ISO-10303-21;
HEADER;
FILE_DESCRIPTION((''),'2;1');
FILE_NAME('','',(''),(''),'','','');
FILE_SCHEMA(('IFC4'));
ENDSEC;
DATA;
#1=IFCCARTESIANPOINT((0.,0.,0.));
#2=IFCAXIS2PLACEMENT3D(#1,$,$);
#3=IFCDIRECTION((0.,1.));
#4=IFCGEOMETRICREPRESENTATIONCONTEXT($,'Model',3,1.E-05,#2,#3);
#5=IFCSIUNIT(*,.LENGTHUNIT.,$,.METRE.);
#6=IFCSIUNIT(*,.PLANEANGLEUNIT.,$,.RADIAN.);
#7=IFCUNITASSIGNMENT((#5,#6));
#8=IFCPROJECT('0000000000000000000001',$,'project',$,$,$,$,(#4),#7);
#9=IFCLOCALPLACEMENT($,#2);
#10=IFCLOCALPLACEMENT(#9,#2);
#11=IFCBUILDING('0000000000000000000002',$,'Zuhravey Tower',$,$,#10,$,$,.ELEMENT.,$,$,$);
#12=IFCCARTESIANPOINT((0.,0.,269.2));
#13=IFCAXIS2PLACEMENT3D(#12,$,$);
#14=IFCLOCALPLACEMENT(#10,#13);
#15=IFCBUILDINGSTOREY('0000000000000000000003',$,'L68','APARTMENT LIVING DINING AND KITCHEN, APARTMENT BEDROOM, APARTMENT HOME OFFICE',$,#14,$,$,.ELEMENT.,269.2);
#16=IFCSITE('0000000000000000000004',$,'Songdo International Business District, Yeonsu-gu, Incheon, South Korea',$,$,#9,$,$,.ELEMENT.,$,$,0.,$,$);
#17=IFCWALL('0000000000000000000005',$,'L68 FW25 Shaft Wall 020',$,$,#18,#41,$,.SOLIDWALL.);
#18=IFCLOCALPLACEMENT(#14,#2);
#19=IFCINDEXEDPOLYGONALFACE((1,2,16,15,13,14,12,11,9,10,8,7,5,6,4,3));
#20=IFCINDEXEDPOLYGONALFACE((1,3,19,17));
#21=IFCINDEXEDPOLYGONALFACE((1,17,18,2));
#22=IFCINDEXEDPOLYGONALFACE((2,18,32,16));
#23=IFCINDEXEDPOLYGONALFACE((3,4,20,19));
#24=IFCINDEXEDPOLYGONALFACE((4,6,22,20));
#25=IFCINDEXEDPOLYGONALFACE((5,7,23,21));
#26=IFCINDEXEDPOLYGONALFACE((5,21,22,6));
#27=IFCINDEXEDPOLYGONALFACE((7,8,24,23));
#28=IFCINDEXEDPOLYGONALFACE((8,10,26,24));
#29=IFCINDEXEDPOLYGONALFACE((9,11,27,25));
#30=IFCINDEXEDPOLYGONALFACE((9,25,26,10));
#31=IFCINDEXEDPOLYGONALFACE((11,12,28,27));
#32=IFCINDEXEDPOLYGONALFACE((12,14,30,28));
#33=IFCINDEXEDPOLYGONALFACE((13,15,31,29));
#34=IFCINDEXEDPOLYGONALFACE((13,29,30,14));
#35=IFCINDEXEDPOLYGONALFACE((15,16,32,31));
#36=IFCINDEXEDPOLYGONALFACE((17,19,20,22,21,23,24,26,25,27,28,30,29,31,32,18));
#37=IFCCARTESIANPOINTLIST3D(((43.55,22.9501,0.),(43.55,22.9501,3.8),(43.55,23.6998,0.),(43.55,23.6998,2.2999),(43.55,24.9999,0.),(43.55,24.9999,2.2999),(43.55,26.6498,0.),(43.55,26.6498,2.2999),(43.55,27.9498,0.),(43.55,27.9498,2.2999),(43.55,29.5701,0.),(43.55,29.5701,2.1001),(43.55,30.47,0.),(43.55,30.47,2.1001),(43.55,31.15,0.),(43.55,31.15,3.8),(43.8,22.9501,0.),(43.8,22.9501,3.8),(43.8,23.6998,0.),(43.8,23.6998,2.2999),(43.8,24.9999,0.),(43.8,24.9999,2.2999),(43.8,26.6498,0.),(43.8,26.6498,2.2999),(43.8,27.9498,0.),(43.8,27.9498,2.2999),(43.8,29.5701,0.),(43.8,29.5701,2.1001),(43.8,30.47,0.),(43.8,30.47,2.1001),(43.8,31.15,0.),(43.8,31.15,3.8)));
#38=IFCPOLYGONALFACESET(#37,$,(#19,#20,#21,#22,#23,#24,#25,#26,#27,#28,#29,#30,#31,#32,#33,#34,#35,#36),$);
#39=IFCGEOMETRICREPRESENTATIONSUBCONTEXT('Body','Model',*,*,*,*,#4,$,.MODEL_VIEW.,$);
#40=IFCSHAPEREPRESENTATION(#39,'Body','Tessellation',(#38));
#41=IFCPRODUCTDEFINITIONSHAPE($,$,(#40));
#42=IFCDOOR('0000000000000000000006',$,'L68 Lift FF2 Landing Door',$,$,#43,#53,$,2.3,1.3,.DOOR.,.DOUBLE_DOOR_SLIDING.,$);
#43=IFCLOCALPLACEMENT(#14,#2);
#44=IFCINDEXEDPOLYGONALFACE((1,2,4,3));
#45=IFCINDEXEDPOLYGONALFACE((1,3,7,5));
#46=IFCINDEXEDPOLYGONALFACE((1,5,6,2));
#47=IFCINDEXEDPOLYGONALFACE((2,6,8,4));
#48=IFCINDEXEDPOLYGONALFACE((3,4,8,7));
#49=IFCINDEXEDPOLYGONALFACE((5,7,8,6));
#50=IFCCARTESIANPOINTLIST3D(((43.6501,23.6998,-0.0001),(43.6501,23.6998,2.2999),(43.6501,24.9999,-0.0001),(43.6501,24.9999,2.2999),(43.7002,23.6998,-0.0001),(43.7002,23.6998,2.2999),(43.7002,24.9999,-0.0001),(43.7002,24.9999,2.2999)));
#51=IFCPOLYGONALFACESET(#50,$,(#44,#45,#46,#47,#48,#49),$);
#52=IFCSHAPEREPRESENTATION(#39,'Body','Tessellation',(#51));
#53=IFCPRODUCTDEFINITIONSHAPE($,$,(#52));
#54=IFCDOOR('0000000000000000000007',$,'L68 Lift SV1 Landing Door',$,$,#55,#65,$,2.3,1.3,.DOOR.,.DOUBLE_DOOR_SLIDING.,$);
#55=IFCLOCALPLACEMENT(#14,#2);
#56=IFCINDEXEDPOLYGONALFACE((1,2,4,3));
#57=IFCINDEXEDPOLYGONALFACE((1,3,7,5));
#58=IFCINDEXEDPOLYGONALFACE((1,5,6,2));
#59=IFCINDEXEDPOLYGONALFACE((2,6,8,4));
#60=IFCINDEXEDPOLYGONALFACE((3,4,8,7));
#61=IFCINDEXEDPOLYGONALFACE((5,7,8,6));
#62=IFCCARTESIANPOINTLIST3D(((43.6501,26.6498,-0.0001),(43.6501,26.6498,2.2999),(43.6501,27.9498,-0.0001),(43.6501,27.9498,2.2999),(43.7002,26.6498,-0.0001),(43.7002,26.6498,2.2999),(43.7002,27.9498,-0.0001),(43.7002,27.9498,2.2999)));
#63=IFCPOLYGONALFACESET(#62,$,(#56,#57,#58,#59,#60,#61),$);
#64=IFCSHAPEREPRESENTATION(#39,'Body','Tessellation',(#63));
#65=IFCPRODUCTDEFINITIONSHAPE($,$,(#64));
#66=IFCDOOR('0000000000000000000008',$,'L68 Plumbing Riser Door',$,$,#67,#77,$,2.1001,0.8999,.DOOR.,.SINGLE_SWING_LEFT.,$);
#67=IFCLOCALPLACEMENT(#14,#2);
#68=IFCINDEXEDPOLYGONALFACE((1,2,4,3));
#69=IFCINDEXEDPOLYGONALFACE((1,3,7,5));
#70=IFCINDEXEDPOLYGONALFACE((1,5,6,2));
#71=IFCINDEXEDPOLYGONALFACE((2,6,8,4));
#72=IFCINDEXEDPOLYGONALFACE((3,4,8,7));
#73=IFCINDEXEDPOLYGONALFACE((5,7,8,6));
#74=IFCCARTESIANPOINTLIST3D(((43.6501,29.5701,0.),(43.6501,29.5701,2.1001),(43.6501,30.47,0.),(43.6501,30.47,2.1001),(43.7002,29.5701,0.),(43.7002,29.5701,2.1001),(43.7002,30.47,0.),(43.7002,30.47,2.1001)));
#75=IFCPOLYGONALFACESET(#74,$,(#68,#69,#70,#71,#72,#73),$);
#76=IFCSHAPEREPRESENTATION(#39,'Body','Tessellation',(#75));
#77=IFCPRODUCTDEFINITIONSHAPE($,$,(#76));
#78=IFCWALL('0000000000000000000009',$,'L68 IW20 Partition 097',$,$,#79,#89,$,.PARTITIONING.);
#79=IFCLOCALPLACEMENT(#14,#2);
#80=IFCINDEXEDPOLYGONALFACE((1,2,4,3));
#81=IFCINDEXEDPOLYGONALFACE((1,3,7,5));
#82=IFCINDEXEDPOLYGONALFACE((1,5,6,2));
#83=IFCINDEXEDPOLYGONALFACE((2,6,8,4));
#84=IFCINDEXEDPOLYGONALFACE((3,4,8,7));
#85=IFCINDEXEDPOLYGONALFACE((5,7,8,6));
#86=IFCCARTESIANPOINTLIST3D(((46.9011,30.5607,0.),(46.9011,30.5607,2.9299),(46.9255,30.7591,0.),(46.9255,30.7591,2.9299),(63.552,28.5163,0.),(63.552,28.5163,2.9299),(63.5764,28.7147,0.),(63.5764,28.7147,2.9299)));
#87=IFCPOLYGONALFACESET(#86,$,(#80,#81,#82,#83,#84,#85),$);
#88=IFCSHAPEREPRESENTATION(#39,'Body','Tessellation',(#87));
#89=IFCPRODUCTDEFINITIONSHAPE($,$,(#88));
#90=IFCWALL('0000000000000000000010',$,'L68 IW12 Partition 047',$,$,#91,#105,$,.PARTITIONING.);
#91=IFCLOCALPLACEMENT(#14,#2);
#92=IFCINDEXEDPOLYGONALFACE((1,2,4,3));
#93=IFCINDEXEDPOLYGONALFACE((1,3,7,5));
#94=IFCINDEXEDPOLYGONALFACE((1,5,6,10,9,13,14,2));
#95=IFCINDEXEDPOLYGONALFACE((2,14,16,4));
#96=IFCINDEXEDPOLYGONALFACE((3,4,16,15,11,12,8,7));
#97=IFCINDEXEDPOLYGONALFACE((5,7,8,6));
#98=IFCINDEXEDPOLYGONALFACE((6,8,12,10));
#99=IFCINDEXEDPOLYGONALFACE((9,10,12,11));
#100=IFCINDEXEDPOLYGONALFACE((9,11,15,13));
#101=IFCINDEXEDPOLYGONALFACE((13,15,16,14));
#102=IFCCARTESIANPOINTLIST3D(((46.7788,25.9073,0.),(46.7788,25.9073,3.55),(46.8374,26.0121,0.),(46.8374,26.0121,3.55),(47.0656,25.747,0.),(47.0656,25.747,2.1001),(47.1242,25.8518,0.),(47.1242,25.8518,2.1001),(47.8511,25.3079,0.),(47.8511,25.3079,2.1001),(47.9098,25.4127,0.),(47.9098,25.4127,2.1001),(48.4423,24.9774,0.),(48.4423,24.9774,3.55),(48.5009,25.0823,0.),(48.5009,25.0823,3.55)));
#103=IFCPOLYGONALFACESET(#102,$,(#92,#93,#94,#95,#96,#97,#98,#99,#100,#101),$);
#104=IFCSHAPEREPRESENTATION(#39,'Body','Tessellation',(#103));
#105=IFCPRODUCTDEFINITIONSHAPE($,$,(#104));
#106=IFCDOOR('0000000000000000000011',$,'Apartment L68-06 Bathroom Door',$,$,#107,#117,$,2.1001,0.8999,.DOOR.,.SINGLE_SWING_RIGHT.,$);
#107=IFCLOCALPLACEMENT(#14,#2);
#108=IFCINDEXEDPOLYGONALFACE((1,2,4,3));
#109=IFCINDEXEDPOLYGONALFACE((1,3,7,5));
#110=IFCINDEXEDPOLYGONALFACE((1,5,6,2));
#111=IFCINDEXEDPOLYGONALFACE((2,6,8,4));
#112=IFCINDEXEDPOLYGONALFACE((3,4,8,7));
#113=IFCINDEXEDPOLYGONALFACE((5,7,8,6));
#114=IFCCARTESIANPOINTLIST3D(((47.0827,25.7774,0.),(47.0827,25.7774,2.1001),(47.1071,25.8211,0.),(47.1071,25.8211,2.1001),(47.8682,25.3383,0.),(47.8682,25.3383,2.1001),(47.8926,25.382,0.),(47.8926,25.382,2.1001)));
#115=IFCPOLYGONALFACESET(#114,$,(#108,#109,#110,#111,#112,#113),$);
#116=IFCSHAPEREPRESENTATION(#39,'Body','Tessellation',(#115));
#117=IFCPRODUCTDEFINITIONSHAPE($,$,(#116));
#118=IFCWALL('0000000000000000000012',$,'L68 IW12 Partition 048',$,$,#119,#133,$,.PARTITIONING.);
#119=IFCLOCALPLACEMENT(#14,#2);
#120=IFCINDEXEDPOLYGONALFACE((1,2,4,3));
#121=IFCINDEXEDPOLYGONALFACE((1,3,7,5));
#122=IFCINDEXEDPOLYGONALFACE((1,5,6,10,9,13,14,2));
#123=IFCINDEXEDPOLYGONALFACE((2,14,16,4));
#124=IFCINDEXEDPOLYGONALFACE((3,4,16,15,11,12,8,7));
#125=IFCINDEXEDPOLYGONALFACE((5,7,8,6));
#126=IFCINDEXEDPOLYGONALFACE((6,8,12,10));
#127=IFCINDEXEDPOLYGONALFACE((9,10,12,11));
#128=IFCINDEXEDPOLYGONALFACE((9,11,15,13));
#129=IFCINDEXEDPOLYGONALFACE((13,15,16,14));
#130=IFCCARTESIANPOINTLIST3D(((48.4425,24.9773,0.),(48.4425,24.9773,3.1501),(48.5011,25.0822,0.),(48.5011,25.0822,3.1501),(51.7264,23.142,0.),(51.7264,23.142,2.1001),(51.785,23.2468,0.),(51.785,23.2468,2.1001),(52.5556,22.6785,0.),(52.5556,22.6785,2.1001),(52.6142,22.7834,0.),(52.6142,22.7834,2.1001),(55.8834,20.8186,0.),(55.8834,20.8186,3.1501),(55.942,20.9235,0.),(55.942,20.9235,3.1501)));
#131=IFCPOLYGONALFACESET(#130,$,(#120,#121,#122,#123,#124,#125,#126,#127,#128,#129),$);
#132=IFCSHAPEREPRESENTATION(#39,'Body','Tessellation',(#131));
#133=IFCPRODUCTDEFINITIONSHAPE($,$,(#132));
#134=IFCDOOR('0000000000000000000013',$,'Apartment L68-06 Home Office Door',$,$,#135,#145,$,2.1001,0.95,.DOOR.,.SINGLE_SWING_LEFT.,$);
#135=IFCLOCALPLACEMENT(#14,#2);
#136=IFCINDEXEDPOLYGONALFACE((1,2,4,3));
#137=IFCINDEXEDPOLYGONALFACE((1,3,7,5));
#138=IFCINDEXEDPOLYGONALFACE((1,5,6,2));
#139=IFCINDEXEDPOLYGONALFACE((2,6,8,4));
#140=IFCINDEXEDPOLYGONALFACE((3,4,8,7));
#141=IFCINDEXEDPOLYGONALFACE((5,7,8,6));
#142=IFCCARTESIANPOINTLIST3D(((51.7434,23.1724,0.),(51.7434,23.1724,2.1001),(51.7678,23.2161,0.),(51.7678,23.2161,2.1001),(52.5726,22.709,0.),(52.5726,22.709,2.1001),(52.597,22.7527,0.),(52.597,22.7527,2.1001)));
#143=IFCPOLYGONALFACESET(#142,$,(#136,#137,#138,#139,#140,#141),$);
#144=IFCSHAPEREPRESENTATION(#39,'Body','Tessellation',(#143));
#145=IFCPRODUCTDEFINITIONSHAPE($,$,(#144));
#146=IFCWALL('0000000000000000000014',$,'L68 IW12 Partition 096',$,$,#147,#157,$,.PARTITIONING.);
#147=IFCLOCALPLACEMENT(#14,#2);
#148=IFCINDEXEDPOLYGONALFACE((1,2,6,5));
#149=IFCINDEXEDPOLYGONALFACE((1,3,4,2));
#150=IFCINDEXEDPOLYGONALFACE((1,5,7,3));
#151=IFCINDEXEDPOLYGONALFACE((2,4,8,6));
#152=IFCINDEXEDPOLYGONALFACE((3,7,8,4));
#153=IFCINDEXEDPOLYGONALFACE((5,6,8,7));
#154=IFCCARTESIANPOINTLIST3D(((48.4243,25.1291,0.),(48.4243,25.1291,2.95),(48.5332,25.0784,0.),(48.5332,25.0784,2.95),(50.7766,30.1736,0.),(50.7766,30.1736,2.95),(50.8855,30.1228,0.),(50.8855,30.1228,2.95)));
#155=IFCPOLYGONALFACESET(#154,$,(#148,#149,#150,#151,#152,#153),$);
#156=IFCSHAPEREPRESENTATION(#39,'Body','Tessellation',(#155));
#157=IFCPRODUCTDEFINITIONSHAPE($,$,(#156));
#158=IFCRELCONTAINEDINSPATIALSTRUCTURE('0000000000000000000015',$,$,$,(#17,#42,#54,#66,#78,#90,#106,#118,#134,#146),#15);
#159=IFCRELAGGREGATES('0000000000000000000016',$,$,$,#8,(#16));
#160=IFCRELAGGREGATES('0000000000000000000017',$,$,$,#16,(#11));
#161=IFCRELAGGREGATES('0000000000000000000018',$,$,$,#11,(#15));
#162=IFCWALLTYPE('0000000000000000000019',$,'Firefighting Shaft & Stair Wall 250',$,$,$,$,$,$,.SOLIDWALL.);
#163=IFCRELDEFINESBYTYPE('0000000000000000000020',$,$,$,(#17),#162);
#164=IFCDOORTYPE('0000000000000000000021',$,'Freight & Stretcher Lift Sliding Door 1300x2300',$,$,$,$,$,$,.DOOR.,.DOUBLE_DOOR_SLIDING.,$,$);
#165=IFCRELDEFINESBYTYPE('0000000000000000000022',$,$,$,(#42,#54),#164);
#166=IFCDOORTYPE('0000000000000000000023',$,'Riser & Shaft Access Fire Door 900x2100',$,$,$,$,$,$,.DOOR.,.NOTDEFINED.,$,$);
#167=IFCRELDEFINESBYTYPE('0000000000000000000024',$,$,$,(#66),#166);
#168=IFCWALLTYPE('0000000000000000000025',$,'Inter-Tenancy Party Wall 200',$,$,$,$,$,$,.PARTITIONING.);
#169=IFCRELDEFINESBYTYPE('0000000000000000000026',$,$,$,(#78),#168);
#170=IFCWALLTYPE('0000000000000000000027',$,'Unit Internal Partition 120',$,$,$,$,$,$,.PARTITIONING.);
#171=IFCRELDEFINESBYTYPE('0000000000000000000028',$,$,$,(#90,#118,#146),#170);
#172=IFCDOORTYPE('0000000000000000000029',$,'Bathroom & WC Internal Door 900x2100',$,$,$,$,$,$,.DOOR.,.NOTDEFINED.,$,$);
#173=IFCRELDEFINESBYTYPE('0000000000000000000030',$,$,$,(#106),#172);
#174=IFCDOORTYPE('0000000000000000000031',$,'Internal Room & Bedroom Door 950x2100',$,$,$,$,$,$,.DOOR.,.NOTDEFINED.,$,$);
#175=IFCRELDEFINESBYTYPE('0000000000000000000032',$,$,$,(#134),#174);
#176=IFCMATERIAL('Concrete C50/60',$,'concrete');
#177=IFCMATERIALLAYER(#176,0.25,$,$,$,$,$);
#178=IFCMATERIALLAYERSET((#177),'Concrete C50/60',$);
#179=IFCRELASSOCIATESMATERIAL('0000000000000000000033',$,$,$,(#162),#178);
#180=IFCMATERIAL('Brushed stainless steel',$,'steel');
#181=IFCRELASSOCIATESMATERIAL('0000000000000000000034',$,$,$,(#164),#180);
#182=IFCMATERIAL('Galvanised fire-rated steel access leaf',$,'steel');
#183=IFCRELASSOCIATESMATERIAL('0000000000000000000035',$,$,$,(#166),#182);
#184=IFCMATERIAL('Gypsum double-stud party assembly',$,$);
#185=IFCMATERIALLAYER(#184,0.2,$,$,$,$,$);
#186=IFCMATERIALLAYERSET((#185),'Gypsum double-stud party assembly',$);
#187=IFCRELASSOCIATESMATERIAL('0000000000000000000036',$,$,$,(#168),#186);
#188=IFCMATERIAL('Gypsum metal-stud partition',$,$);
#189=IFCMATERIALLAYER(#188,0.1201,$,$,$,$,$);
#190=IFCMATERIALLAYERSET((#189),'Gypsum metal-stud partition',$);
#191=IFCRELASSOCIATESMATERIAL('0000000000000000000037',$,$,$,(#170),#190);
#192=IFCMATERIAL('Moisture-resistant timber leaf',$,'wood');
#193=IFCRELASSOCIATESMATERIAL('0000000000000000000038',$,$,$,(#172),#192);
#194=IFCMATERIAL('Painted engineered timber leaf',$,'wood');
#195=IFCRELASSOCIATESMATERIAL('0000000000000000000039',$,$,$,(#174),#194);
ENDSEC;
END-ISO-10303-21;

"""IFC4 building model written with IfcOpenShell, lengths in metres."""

from ifc_helpers import new_model, si_unit, direction, frame, frame_2d, origin, place, context, subcontext, project, spatial, rectangle, extrude, material, layer, layer_set, type_object, element, fill, save


model = new_model("IFC4")

# Units and contexts
model_context = context("Model", 3, precision=1e-05, world=origin(), true_north=direction((0.0, 1.0)))
body_context = subcontext(model_context, "Body", "Model", "MODEL_VIEW")
ifc_project = project(units=[si_unit("LENGTHUNIT", "METRE"), si_unit("PLANEANGLEUNIT", "RADIAN")], contexts=[model_context])

# Site, building, storey
site_placement = place(None, origin())
site = spatial("IfcSite", under=ifc_project, at=site_placement, Name="Songdo International Business District, Yeonsu-gu, Incheon, South Korea", CompositionType="ELEMENT", RefElevation=0.0)
building_placement = place(site_placement, origin())
building = spatial("IfcBuilding", under=site, at=building_placement, Name="Zuhravey Tower", CompositionType="ELEMENT")
storey_placement = place(building_placement, frame((0.0, 0.0, 269.2)))
storey = spatial("IfcBuildingStorey", under=building, at=storey_placement, Name="L68", Description="APARTMENT LIVING DINING AND KITCHEN, APARTMENT BEDROOM, APARTMENT HOME OFFICE", CompositionType="ELEMENT", Elevation=269.2)

# Shared definitions
ifc_material_1 = material(Name="Concrete C50/60", Category="concrete")

# Shared definitions
ifc_layer_1 = layer(ifc_material_1, 0.25)
ifc_layer_set_1 = layer_set([ifc_layer_1], Name="Concrete C50/60")
wall_type_1 = type_object("IfcWallType", Name="Firefighting Shaft & Stair Wall 250", PredefinedType="SOLIDWALL", material=ifc_layer_set_1)

# Wall, openings, doors
wall_1_placement = place(storey_placement, frame((43.675, 22.95, 0.0), z_axis=(0.0, 0.0, 1.0), x_axis=(0.0, 1.0, 0.0)))
wall_1 = element("IfcWall", 1, at=wall_1_placement, inside=storey, type_object=wall_type_1, Name="L68 FW25 Shaft Wall 020", PredefinedType="SOLIDWALL", context=body_context, shape_type="SweptSolid", body=[
    extrude(rectangle(XDim=8.2, YDim=0.25, at=frame_2d((4.1001, 0.0))), origin(), (0.0, 0.0, 1.0), 3.8),
])
opening_1_placement = place(wall_1_placement, frame((0.75, 0.0, 0.0)))
opening_1 = element("IfcOpeningElement", 2, at=opening_1_placement, cuts=wall_1, PredefinedType="OPENING", context=body_context, shape_type="SweptSolid", body=[
    extrude(rectangle(XDim=1.3, YDim=2.3, at=frame_2d((0.6499, 1.1499))), frame((0.0, 0.137, 0.0), z_axis=(0.0, -1.0, 0.0), x_axis=(1.0, 0.0, 0.0)), (0.0, 0.0, 1.0), 0.2739),
])
opening_2_placement = place(wall_1_placement, frame((3.7, 0.0, 0.0)))
opening_2 = element("IfcOpeningElement", 3, at=opening_2_placement, cuts=wall_1, PredefinedType="OPENING", context=body_context, shape_type="SweptSolid", body=[
    extrude(rectangle(XDim=1.3, YDim=2.3, at=frame_2d((0.6499, 1.1499))), frame((0.0, 0.137, 0.0), z_axis=(0.0, -1.0, 0.0), x_axis=(1.0, 0.0, 0.0)), (0.0, 0.0, 1.0), 0.2739),
])
opening_3_placement = place(wall_1_placement, frame((6.6201, 0.0, 0.0)))
opening_3 = element("IfcOpeningElement", 4, at=opening_3_placement, cuts=wall_1, PredefinedType="OPENING", context=body_context, shape_type="SweptSolid", body=[
    extrude(rectangle(XDim=0.8999, YDim=2.1001, at=frame_2d((0.45, 1.05))), frame((0.0, 0.137, 0.0), z_axis=(0.0, -1.0, 0.0), x_axis=(1.0, 0.0, 0.0)), (0.0, 0.0, 1.0), 0.2739),
])
ifc_material_2 = material(Name="Brushed stainless steel", Category="steel")
door_type_1 = type_object("IfcDoorType", Name="Freight & Stretcher Lift Sliding Door 1300x2300", OperationType="DOUBLE_DOOR_SLIDING", PredefinedType="DOOR", material=ifc_material_2)
door_1_placement = place(opening_1_placement, origin())
door_1 = element("IfcDoor", 5, at=door_1_placement, inside=storey, type_object=door_type_1, Name="L68 Lift FF2 Landing Door", OperationType="DOUBLE_DOOR_SLIDING", OverallHeight=2.3, OverallWidth=1.3, PredefinedType="DOOR", context=body_context, shape_type="SweptSolid", body=[
    extrude(rectangle(XDim=1.3, YDim=2.3, at=frame_2d((0.6499, 1.1499))), frame((0.0, 0.0249, 0.0), z_axis=(0.0, -1.0, 0.0), x_axis=(1.0, 0.0, 0.0)), (0.0, 0.0, 1.0), 0.05),
])
fill(opening_1, door_1)
door_2_placement = place(opening_2_placement, origin())
door_2 = element("IfcDoor", 6, at=door_2_placement, inside=storey, type_object=door_type_1, Name="L68 Lift SV1 Landing Door", OperationType="DOUBLE_DOOR_SLIDING", OverallHeight=2.3, OverallWidth=1.3, PredefinedType="DOOR", context=body_context, shape_type="SweptSolid", body=[
    extrude(rectangle(XDim=1.3, YDim=2.3, at=frame_2d((0.6499, 1.1499))), frame((0.0, 0.0249, 0.0), z_axis=(0.0, -1.0, 0.0), x_axis=(1.0, 0.0, 0.0)), (0.0, 0.0, 1.0), 0.05),
])
fill(opening_2, door_2)
ifc_material_3 = material(Name="Galvanised fire-rated steel access leaf", Category="steel")
door_type_2 = type_object("IfcDoorType", Name="Riser & Shaft Access Fire Door 900x2100", OperationType="NOTDEFINED", PredefinedType="DOOR", material=ifc_material_3)
door_3_placement = place(opening_3_placement, origin())
door_3 = element("IfcDoor", 7, at=door_3_placement, inside=storey, type_object=door_type_2, Name="L68 Plumbing Riser Door", OperationType="SINGLE_SWING_LEFT", OverallHeight=2.1001, OverallWidth=0.8999, PredefinedType="DOOR", context=body_context, shape_type="SweptSolid", body=[
    extrude(rectangle(XDim=0.8999, YDim=2.1001, at=frame_2d((0.45, 1.05))), frame((0.0, 0.0249, 0.0), z_axis=(0.0, -1.0, 0.0), x_axis=(1.0, 0.0, 0.0)), (0.0, 0.0, 1.0), 0.05),
])
fill(opening_3, door_3)

# Wall
ifc_material_4 = material(Name="Gypsum double-stud party assembly")
ifc_layer_2 = layer(ifc_material_4, 0.2)
ifc_layer_set_2 = layer_set([ifc_layer_2], Name="Gypsum double-stud party assembly")
wall_type_2 = type_object("IfcWallType", Name="Inter-Tenancy Party Wall 200", PredefinedType="PARTITIONING", material=ifc_layer_set_2)
wall_2_placement = place(storey_placement, frame((46.9133, 30.6599, 0.0), z_axis=(0.0, 0.0, 1.0), x_axis=(0.992546, -0.121867, 0.0)))
element("IfcWall", 8, at=wall_2_placement, inside=storey, type_object=wall_type_2, Name="L68 IW20 Partition 097", PredefinedType="PARTITIONING", context=body_context, shape_type="SweptSolid", body=[
    extrude(rectangle(XDim=16.7759, YDim=0.2, at=frame_2d((8.3879, 0.0))), origin(), (0.0, 0.0, 1.0), 2.9299),
])

# Walls, openings, doors
ifc_material_5 = material(Name="Gypsum metal-stud partition")
ifc_layer_3 = layer(ifc_material_5, 0.1201)
ifc_layer_set_3 = layer_set([ifc_layer_3], Name="Gypsum metal-stud partition")
wall_type_3 = type_object("IfcWallType", Name="Unit Internal Partition 120", PredefinedType="PARTITIONING", material=ifc_layer_set_3)
wall_3_placement = place(storey_placement, frame((46.8081, 25.9597, 0.0), z_axis=(0.0, 0.0, 1.0), x_axis=(0.872879, -0.487936, 0.0)))
wall_3 = element("IfcWall", 9, at=wall_3_placement, inside=storey, type_object=wall_type_3, Name="L68 IW12 Partition 047", PredefinedType="PARTITIONING", context=body_context, shape_type="SweptSolid", body=[
    extrude(rectangle(XDim=1.9058, YDim=0.1201, at=frame_2d((0.9529, 0.0))), origin(), (0.0, 0.0, 1.0), 3.55),
])
opening_4_placement = place(wall_3_placement, frame((0.3286, 0.0, 0.0)))
opening_4 = element("IfcOpeningElement", 10, at=opening_4_placement, cuts=wall_3, PredefinedType="OPENING", context=body_context, shape_type="SweptSolid", body=[
    extrude(rectangle(XDim=0.8999, YDim=2.1001, at=frame_2d((0.45, 1.05))), frame((0.0, 0.072, 0.0), z_axis=(0.0, -1.0, 0.0), x_axis=(1.0, 0.0, 0.0)), (0.0, 0.0, 1.0), 0.144),
])
ifc_material_6 = material(Name="Moisture-resistant timber leaf", Category="wood")
door_type_3 = type_object("IfcDoorType", Name="Bathroom & WC Internal Door 900x2100", OperationType="NOTDEFINED", PredefinedType="DOOR", material=ifc_material_6)
door_4_placement = place(opening_4_placement, origin())
door_4 = element("IfcDoor", 11, at=door_4_placement, inside=storey, type_object=door_type_3, Name="Apartment L68-06 Bathroom Door", OperationType="SINGLE_SWING_RIGHT", OverallHeight=2.1001, OverallWidth=0.8999, PredefinedType="DOOR", context=body_context, shape_type="SweptSolid", body=[
    extrude(rectangle(XDim=0.8999, YDim=2.1001, at=frame_2d((0.45, 1.05))), frame((0.0, 0.0249, 0.0), z_axis=(0.0, -1.0, 0.0), x_axis=(1.0, 0.0, 0.0)), (0.0, 0.0, 1.0), 0.05),
])
fill(opening_4, door_4)
wall_4_placement = place(storey_placement, frame((48.4717, 25.0298, 0.0), z_axis=(0.0, 0.0, 1.0), x_axis=(0.872917, -0.487869, 0.0)))
wall_4 = element("IfcWall", 12, at=wall_4_placement, inside=storey, type_object=wall_type_3, Name="L68 IW12 Partition 048", PredefinedType="PARTITIONING", context=body_context, shape_type="SweptSolid", body=[
    extrude(rectangle(XDim=8.5242, YDim=0.1201, at=frame_2d((4.2622, 0.0))), origin(), (0.0, 0.0, 1.0), 3.1501),
])
opening_5_placement = place(wall_4_placement, frame((3.762, 0.0, 0.0)))
opening_5 = element("IfcOpeningElement", 13, at=opening_5_placement, cuts=wall_4, PredefinedType="OPENING", context=body_context, shape_type="SweptSolid", body=[
    extrude(rectangle(XDim=0.95, YDim=2.1001, at=frame_2d((0.4751, 1.05))), frame((0.0, 0.072, 0.0), z_axis=(0.0, -1.0, 0.0), x_axis=(1.0, 0.0, 0.0)), (0.0, 0.0, 1.0), 0.144),
])
ifc_material_7 = material(Name="Painted engineered timber leaf", Category="wood")
door_type_4 = type_object("IfcDoorType", Name="Internal Room & Bedroom Door 950x2100", OperationType="NOTDEFINED", PredefinedType="DOOR", material=ifc_material_7)
door_5_placement = place(opening_5_placement, origin())
door_5 = element("IfcDoor", 14, at=door_5_placement, inside=storey, type_object=door_type_4, Name="Apartment L68-06 Home Office Door", OperationType="SINGLE_SWING_LEFT", OverallHeight=2.1001, OverallWidth=0.95, PredefinedType="DOOR", context=body_context, shape_type="SweptSolid", body=[
    extrude(rectangle(XDim=0.95, YDim=2.1001, at=frame_2d((0.4751, 1.05))), frame((0.0, 0.0249, 0.0), z_axis=(0.0, -1.0, 0.0), x_axis=(1.0, 0.0, 0.0)), (0.0, 0.0, 1.0), 0.05),
])
fill(opening_5, door_5)

# Wall
wall_5_placement = place(storey_placement, frame((48.4788, 25.1038, 0.0), z_axis=(0.0, 0.0, 1.0), x_axis=(0.422624, 0.906305, 0.0)))
element("IfcWall", 15, at=wall_5_placement, inside=storey, type_object=wall_type_3, Name="L68 IW12 Partition 096", PredefinedType="PARTITIONING", context=body_context, shape_type="SweptSolid", body=[
    extrude(rectangle(XDim=5.5659, YDim=0.1201, at=frame_2d((2.783, 0.0))), origin(), (0.0, 0.0, 1.0), 2.95),
])

save(model, "model.ifc")
